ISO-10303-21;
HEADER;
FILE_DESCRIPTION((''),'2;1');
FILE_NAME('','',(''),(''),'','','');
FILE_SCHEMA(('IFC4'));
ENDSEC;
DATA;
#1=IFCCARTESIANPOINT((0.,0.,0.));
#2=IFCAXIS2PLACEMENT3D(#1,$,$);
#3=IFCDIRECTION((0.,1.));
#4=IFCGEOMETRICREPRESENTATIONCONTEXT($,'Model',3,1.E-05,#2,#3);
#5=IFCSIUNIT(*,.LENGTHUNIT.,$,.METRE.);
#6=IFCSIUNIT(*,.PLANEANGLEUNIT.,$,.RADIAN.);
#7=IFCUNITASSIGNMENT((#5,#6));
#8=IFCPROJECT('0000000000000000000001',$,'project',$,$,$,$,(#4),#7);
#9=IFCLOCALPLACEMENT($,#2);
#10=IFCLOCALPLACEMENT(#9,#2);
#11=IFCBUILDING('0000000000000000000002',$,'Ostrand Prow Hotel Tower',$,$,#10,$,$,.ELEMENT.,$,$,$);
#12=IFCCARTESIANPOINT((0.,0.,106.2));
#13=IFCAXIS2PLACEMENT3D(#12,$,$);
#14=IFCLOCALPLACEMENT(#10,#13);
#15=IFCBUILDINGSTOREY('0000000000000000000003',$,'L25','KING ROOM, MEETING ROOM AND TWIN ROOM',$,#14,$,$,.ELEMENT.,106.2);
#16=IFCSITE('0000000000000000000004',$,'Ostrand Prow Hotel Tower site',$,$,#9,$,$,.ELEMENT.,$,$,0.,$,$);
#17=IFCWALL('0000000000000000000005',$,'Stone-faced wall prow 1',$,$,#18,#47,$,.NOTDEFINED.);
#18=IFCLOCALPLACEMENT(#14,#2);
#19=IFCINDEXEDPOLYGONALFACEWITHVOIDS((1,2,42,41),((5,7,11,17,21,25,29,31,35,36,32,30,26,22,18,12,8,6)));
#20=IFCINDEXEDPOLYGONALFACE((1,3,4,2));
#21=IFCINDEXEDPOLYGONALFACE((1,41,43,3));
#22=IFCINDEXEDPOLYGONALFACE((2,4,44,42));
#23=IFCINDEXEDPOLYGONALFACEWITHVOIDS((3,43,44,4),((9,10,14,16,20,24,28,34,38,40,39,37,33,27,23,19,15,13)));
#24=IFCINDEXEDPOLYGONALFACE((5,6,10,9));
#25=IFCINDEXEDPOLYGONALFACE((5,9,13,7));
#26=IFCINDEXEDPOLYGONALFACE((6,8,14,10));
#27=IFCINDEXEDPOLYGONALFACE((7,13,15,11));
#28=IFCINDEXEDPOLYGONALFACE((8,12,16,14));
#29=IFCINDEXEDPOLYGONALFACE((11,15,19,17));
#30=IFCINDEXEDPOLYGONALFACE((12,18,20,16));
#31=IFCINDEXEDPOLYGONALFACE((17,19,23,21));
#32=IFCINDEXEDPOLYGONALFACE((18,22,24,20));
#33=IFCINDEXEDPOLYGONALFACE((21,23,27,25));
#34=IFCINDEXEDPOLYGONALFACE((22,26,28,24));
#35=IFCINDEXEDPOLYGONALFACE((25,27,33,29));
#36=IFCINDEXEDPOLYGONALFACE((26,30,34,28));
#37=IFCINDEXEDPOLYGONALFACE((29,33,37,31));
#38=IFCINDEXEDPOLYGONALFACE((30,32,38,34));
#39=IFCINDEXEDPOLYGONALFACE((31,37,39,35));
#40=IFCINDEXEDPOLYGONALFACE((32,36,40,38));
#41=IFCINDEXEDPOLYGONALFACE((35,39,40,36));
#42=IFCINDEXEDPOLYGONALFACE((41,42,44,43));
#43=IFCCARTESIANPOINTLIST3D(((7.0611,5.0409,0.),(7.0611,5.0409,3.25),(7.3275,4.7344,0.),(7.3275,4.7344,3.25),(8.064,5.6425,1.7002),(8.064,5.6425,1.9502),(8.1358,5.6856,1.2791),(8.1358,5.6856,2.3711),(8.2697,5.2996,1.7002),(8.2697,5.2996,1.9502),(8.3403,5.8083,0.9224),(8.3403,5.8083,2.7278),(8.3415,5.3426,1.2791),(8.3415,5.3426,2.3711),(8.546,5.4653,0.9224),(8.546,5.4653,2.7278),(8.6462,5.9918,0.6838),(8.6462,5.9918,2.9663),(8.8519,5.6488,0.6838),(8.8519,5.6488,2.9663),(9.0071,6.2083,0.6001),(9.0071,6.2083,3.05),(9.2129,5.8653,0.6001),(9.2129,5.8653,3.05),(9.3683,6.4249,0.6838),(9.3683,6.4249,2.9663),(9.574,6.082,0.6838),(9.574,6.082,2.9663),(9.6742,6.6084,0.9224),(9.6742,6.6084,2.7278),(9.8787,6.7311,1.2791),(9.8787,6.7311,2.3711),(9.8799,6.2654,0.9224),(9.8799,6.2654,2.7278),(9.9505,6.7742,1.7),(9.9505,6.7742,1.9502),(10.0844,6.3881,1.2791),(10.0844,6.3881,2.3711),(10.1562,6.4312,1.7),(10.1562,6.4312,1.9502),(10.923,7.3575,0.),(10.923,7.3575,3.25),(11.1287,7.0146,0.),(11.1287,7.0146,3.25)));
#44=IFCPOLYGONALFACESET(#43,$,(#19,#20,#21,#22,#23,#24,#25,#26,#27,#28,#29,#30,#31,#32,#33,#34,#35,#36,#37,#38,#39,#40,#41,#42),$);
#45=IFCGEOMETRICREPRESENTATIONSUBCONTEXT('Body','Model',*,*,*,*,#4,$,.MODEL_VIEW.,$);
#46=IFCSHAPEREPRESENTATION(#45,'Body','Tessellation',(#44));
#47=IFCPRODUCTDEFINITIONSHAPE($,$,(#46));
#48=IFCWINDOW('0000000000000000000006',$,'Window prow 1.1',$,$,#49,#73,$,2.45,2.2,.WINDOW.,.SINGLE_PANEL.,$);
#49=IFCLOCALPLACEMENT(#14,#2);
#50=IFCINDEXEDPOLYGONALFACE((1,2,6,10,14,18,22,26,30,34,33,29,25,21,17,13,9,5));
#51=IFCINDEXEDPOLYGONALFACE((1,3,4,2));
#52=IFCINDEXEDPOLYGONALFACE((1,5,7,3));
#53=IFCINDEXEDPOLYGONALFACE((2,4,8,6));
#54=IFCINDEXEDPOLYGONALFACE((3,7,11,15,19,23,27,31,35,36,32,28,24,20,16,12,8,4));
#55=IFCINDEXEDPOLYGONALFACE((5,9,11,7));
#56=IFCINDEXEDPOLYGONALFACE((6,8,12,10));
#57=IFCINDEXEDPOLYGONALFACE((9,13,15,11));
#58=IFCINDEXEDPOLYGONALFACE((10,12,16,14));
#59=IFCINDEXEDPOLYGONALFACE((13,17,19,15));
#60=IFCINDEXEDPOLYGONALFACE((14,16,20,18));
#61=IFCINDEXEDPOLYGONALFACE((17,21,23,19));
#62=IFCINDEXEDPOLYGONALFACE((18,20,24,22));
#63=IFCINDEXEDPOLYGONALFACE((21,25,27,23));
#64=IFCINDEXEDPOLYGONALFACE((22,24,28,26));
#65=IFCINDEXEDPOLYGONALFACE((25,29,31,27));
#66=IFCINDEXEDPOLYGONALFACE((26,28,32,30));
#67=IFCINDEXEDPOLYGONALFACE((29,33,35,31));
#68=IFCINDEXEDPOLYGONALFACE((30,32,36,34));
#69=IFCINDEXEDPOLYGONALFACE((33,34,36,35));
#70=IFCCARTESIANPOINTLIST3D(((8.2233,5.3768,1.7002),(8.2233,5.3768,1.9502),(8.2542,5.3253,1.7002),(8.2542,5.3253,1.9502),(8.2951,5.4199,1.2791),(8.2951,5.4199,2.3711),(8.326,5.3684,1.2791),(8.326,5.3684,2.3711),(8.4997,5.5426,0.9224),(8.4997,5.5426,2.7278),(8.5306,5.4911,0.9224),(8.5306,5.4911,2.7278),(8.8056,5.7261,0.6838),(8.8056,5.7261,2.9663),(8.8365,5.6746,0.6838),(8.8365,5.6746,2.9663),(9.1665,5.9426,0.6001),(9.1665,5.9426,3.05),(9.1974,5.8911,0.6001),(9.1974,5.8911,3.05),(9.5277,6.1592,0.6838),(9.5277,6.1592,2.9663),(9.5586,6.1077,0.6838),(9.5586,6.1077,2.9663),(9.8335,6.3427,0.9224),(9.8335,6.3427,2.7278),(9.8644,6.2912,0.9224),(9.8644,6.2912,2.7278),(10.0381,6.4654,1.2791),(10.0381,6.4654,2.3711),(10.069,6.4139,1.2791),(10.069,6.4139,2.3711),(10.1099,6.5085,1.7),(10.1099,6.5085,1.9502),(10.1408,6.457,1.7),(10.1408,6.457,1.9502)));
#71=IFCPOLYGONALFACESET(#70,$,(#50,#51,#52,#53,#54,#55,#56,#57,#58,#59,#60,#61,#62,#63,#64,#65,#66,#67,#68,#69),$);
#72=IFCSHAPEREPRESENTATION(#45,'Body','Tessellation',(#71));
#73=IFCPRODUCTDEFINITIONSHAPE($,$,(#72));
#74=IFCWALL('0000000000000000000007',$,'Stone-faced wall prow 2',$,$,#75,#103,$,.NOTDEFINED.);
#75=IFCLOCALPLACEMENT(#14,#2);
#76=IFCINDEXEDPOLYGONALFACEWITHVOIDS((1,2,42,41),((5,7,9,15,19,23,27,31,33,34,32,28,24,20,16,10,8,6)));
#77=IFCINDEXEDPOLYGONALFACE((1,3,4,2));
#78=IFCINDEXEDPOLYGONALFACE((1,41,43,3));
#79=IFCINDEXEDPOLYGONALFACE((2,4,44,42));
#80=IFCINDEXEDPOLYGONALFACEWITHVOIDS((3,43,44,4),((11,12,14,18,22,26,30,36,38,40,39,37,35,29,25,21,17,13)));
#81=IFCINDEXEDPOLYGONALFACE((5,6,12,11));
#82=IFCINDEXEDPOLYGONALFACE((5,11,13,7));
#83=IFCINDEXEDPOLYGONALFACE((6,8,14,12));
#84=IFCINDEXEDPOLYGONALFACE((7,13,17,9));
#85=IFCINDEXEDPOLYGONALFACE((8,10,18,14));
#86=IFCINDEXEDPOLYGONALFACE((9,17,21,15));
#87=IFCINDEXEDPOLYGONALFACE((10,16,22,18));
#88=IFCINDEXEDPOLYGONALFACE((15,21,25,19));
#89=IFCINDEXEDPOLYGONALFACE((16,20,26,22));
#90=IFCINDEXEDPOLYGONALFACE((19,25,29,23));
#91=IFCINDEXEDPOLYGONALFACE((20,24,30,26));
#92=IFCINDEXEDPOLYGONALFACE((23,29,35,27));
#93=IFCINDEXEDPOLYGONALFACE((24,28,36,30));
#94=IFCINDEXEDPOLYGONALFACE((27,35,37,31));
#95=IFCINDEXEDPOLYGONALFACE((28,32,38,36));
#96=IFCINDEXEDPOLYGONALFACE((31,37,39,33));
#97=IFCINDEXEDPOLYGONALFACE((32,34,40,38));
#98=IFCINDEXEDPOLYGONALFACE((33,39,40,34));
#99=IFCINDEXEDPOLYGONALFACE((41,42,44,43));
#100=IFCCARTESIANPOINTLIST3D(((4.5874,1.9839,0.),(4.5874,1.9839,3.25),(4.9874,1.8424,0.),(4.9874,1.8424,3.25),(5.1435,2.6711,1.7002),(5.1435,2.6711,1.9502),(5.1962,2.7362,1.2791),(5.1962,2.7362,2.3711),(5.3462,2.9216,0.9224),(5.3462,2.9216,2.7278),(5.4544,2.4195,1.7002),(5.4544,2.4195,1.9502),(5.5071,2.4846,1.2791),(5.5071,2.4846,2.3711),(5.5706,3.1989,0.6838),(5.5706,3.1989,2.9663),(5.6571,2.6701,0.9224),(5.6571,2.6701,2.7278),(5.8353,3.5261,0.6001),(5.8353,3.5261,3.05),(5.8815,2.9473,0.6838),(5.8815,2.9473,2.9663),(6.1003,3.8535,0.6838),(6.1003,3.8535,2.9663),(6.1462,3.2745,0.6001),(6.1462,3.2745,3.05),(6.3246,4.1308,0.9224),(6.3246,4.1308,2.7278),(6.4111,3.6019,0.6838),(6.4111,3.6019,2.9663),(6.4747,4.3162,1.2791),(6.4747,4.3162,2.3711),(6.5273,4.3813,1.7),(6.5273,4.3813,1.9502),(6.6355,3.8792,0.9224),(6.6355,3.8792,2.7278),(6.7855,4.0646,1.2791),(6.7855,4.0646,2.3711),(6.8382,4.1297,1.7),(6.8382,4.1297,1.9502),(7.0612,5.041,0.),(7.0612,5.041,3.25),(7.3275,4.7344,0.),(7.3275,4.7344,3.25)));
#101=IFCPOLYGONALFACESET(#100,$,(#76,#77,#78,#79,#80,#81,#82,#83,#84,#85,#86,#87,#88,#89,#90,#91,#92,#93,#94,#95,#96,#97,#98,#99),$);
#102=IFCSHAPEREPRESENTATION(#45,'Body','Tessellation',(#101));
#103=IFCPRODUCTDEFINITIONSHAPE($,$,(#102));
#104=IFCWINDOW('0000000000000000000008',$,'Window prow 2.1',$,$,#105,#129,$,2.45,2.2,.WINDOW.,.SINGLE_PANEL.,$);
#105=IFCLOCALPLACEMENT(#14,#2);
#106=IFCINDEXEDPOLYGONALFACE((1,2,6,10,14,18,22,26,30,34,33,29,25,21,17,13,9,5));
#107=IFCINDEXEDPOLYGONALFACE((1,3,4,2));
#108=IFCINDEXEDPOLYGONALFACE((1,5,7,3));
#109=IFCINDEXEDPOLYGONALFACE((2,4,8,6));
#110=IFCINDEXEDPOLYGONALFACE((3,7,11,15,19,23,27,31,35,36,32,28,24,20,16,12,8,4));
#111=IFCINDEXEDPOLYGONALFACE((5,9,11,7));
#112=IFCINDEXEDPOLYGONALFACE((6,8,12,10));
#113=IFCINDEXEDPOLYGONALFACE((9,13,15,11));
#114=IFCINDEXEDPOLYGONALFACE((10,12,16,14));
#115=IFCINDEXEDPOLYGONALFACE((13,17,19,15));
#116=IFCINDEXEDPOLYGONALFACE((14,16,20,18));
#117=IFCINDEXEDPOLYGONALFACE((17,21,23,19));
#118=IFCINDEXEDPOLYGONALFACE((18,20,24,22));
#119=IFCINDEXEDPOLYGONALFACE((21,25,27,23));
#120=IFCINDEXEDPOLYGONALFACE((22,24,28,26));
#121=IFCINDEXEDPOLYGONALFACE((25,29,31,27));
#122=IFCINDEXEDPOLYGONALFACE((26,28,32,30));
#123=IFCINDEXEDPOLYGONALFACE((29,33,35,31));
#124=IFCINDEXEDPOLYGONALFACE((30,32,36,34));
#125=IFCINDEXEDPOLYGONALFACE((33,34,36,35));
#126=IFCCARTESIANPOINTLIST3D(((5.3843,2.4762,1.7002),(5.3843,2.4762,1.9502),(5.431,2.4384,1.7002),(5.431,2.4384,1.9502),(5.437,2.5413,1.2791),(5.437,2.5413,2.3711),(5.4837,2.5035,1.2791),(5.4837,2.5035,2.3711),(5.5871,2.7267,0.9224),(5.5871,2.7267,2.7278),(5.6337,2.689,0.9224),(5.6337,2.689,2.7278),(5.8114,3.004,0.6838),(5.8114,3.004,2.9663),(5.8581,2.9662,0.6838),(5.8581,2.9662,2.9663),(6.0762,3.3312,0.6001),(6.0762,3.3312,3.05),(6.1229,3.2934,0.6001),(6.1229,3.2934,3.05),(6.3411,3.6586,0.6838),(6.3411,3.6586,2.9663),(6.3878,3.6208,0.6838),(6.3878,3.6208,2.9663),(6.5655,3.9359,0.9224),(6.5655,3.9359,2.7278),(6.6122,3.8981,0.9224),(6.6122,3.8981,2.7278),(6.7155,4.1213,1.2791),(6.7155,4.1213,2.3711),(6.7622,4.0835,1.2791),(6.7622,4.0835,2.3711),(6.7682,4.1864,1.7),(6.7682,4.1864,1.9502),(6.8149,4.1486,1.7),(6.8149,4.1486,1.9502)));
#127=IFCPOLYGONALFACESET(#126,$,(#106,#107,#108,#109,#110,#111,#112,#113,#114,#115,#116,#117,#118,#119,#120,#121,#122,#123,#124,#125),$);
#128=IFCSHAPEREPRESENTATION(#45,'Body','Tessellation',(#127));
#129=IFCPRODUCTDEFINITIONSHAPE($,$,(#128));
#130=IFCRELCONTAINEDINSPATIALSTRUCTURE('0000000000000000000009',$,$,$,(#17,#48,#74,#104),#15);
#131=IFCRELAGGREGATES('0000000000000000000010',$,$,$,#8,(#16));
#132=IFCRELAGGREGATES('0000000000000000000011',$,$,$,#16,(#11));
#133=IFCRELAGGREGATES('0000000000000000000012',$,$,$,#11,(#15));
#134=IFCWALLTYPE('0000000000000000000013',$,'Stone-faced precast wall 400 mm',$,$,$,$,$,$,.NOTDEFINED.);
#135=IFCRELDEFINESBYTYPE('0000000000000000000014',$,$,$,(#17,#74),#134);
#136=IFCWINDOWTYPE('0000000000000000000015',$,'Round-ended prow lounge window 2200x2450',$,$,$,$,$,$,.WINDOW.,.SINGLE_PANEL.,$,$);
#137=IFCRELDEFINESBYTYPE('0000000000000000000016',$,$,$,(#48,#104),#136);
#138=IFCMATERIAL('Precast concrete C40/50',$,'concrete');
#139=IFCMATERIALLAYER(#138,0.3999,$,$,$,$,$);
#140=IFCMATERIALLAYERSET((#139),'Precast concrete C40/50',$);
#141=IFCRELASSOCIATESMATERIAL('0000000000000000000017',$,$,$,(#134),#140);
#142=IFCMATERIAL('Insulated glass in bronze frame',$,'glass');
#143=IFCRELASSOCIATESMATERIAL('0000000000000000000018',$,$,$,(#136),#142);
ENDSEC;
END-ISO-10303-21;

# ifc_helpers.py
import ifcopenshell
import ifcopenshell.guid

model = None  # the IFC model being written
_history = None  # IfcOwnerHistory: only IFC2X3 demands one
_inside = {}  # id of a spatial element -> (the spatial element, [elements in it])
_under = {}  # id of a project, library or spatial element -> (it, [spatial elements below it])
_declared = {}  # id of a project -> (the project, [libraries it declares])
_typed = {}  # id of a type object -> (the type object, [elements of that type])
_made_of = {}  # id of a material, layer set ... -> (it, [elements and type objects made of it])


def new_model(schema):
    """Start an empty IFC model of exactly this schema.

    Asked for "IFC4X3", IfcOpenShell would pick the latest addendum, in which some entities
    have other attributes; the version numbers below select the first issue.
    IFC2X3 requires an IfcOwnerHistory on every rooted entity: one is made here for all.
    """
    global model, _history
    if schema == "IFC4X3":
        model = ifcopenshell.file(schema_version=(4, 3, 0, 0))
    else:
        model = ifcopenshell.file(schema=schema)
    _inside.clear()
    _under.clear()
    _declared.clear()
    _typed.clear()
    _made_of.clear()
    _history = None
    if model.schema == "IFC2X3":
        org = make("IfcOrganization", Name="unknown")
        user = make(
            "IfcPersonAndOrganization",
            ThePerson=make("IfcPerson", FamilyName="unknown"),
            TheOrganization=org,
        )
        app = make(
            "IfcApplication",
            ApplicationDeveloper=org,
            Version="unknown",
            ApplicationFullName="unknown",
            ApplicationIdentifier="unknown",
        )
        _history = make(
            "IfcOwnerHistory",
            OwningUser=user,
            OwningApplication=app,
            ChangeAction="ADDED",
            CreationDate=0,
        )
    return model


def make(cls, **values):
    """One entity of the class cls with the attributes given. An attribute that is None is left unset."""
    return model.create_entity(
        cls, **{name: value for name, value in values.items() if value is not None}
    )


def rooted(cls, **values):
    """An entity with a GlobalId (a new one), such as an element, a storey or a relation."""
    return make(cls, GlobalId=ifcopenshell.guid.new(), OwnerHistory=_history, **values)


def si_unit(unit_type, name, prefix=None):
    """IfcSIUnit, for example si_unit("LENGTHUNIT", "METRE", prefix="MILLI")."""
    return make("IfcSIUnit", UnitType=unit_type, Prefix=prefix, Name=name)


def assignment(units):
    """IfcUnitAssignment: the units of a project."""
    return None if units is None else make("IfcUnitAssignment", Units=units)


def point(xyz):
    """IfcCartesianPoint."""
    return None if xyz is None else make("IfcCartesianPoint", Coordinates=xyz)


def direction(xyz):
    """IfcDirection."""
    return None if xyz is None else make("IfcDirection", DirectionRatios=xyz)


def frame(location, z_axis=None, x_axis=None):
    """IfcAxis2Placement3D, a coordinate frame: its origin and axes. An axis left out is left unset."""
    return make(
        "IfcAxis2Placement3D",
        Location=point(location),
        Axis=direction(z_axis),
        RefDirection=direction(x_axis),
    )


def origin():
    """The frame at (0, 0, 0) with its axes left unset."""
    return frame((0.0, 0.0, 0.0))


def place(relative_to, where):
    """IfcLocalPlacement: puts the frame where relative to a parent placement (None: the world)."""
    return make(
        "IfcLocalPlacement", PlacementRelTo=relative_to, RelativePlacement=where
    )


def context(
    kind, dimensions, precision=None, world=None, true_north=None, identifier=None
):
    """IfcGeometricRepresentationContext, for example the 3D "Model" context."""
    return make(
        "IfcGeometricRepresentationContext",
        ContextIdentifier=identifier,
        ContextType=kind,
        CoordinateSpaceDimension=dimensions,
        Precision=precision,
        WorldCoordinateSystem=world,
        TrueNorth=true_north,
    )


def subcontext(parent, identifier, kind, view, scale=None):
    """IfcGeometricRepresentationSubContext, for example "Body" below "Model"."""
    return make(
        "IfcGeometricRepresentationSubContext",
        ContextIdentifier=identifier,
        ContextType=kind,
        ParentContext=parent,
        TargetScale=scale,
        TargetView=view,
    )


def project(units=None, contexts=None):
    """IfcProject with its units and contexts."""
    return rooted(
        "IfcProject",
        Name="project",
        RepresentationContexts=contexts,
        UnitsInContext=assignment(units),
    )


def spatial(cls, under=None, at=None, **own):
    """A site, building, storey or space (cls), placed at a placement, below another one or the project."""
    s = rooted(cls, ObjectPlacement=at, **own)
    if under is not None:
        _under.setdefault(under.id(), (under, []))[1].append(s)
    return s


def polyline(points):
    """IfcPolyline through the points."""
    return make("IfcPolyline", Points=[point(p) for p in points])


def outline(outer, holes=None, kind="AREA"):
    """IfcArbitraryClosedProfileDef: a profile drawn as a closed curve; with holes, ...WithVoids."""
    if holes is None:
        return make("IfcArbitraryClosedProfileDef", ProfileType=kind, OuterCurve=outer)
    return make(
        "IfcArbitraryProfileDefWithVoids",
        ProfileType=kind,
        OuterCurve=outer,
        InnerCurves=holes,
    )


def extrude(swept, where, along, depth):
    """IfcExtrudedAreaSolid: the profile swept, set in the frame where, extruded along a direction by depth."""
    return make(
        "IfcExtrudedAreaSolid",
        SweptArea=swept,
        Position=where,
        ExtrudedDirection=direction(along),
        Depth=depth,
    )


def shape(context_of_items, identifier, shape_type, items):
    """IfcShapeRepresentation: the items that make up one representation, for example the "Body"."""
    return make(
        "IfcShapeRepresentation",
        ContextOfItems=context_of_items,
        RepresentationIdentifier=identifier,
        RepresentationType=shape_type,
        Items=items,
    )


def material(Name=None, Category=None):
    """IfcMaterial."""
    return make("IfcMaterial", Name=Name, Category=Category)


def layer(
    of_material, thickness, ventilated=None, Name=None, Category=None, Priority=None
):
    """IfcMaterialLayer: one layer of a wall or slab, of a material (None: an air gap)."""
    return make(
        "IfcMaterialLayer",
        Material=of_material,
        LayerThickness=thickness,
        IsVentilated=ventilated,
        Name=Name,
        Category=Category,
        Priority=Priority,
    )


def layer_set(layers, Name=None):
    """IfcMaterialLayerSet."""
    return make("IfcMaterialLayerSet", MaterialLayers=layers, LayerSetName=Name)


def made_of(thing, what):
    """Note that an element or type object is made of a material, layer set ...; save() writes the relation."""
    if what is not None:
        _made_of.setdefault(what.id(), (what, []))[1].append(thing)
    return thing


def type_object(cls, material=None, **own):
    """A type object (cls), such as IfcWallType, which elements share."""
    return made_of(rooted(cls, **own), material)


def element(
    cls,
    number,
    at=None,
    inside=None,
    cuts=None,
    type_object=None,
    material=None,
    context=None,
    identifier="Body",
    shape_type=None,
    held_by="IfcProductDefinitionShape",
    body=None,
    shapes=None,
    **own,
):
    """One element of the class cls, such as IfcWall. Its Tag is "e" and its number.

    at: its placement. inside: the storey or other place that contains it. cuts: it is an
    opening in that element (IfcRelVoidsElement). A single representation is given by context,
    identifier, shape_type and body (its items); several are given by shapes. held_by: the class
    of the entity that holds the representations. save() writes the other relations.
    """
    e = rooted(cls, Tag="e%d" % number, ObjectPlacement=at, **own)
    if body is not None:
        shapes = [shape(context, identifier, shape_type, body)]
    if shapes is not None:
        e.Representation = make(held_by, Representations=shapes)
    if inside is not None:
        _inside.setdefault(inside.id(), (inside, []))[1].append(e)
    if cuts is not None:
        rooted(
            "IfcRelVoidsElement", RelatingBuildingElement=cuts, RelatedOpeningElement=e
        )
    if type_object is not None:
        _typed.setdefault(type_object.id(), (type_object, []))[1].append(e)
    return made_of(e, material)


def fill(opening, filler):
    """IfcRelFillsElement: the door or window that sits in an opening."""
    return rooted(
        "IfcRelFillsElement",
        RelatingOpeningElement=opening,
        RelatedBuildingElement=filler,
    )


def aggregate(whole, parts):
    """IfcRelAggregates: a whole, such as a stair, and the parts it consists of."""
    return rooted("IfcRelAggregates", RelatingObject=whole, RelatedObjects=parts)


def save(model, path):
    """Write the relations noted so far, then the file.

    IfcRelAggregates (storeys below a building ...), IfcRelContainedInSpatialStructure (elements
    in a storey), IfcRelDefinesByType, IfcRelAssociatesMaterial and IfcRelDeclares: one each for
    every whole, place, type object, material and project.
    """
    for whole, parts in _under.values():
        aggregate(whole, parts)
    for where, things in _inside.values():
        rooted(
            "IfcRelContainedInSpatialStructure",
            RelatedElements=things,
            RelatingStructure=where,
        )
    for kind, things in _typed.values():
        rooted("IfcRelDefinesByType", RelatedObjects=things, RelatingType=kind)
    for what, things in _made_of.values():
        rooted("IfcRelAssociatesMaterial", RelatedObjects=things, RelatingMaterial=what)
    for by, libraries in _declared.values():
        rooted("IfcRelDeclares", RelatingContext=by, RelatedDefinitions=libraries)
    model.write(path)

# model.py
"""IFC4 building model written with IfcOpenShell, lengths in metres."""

from ifc_helpers import new_model, si_unit, direction, frame, origin, place, context, subcontext, project, spatial, polyline, outline, extrude, material, layer, layer_set, type_object, element, fill, save


model = new_model("IFC4")

# Units and contexts
model_context = context("Model", 3, precision=1e-05, world=origin(), true_north=direction((0.0, 1.0)))
body_context = subcontext(model_context, "Body", "Model", "MODEL_VIEW")
ifc_project = project(units=[si_unit("LENGTHUNIT", "METRE"), si_unit("PLANEANGLEUNIT", "RADIAN")], contexts=[model_context])

# Site, building, storey
site_placement = place(None, origin())
site = spatial("IfcSite", under=ifc_project, at=site_placement, Name="Ostrand Prow Hotel Tower site", CompositionType="ELEMENT", RefElevation=0.0)
building_placement = place(site_placement, origin())
building = spatial("IfcBuilding", under=site, at=building_placement, Name="Ostrand Prow Hotel Tower", CompositionType="ELEMENT")
storey_placement = place(building_placement, frame((0.0, 0.0, 106.2)))
storey = spatial("IfcBuildingStorey", under=building, at=storey_placement, Name="L25", Description="KING ROOM, MEETING ROOM AND TWIN ROOM", CompositionType="ELEMENT", Elevation=106.2)

# Walls, openings, windows
ifc_material_1 = material(Name="Precast concrete C40/50", Category="concrete")
ifc_layer_1 = layer(ifc_material_1, 0.3999)
ifc_layer_set_1 = layer_set([ifc_layer_1], Name="Precast concrete C40/50")
wall_type_1 = type_object("IfcWallType", Name="Stone-faced precast wall 400 mm", PredefinedType="NOTDEFINED", material=ifc_layer_set_1)
wall_1_placement = place(storey_placement, frame((11.0259, 7.186, 0.0), z_axis=(0.0, 0.0, 1.0), x_axis=(-0.857551, -0.514399, 0.0)))
wall_1 = element("IfcWall", 1, at=wall_1_placement, inside=storey, type_object=wall_type_1, Name="Stone-faced wall prow 1", PredefinedType="NOTDEFINED", context=body_context, shape_type="SweptSolid", body=[
    extrude(outline(polyline([(0.0, -0.2), (4.5034, -0.2), (4.4326, 0.2), (0.0, 0.2), (0.0, -0.2)])), origin(), (0.0, 0.0, 1.0), 3.25),
])
opening_1_placement = place(wall_1_placement, frame((1.134, 0.0, 0.6001)))
opening_1 = element("IfcOpeningElement", 2, at=opening_1_placement, cuts=wall_1, PredefinedType="OPENING", context=body_context, shape_type="SweptSolid", body=[
    extrude(outline(polyline([(0.0, 1.3501), (0.0837, 1.771), (0.3223, 2.1277), (0.679, 2.3662), (1.1001, 2.45), (1.521, 2.3662), (1.8777, 2.1277), (2.1162, 1.771), (2.2, 1.3501), (2.2, 1.1001), (2.1162, 0.679), (1.8777, 0.3223), (1.521, 0.0837), (1.1001, 0.0), (0.679, 0.0837), (0.3223, 0.3223), (0.0837, 0.679), (0.0, 1.0999), (0.0, 1.3501)])), frame((0.0, 0.21, 0.0), z_axis=(0.0, -1.0, 0.0), x_axis=(1.0, 0.0, 0.0)), (0.0, 0.0, 1.0), 0.4199),
])
ifc_material_2 = material(Name="Insulated glass in bronze frame", Category="glass")
window_type = type_object("IfcWindowType", Name="Round-ended prow lounge window 2200x2450", PartitioningType="SINGLE_PANEL", PredefinedType="WINDOW", material=ifc_material_2)
window_1_placement = place(opening_1_placement, origin())
window_1 = element("IfcWindow", 3, at=window_1_placement, inside=storey, type_object=window_type, Name="Window prow 1.1", OverallHeight=2.45, OverallWidth=2.2, PartitioningType="SINGLE_PANEL", PredefinedType="WINDOW", context=body_context, shape_type="SweptSolid", body=[
    extrude(outline(polyline([(0.0, 1.3501), (0.0837, 1.771), (0.3223, 2.1277), (0.679, 2.3662), (1.1001, 2.45), (1.521, 2.3662), (1.8777, 2.1277), (2.1162, 1.771), (2.2, 1.3501), (2.2, 1.1001), (2.1162, 0.679), (1.8777, 0.3223), (1.521, 0.0837), (1.1001, 0.0), (0.679, 0.0837), (0.3223, 0.3223), (0.0837, 0.679), (0.0, 1.0999), (0.0, 1.3501)])), frame((0.0, 0.1699, 0.0), z_axis=(0.0, -1.0, 0.0), x_axis=(1.0, 0.0, 0.0)), (0.0, 0.0, 1.0), 0.0601),
])
fill(opening_1, window_1)
wall_2_placement = place(storey_placement, frame((7.1943, 4.8877, 0.0), z_axis=(0.0, 0.0, 1.0), x_axis=(-0.629035, -0.777377, 0.0)))
wall_2 = element("IfcWall", 4, at=wall_2_placement, inside=storey, type_object=wall_type_1, Name="Stone-faced wall prow 2", PredefinedType="NOTDEFINED", context=body_context, shape_type="SweptSolid", body=[
    extrude(outline(polyline([(-0.0354, -0.2), (3.8972, -0.2), (3.7556, 0.2), (0.0354, 0.2), (-0.0354, -0.2)])), origin(), (0.0, 0.0, 1.0), 3.25),
])
opening_2_placement = place(wall_2_placement, frame((0.8132, 0.0, 0.6001)))
opening_2 = element("IfcOpeningElement", 5, at=opening_2_placement, cuts=wall_2, PredefinedType="OPENING", context=body_context, shape_type="SweptSolid", body=[
    extrude(outline(polyline([(0.0, 1.3501), (0.0837, 1.771), (0.3223, 2.1277), (0.679, 2.3662), (1.1001, 2.45), (1.521, 2.3662), (1.8777, 2.1277), (2.1162, 1.771), (2.2, 1.3501), (2.2, 1.1001), (2.1162, 0.679), (1.8777, 0.3223), (1.521, 0.0837), (1.1001, 0.0), (0.679, 0.0837), (0.3223, 0.3223), (0.0837, 0.679), (0.0, 1.0999), (0.0, 1.3501)])), frame((0.0, 0.21, 0.0), z_axis=(0.0, -1.0, 0.0), x_axis=(1.0, 0.0, 0.0)), (0.0, 0.0, 1.0), 0.4199),
])
window_2_placement = place(opening_2_placement, origin())
window_2 = element("IfcWindow", 6, at=window_2_placement, inside=storey, type_object=window_type, Name="Window prow 2.1", OverallHeight=2.45, OverallWidth=2.2, PartitioningType="SINGLE_PANEL", PredefinedType="WINDOW", context=body_context, shape_type="SweptSolid", body=[
    extrude(outline(polyline([(0.0, 1.3501), (0.0837, 1.771), (0.3223, 2.1277), (0.679, 2.3662), (1.1001, 2.45), (1.521, 2.3662), (1.8777, 2.1277), (2.1162, 1.771), (2.2, 1.3501), (2.2, 1.1001), (2.1162, 0.679), (1.8777, 0.3223), (1.521, 0.0837), (1.1001, 0.0), (0.679, 0.0837), (0.3223, 0.3223), (0.0837, 0.679), (0.0, 1.0999), (0.0, 1.3501)])), frame((0.0, 0.1699, 0.0), z_axis=(0.0, -1.0, 0.0), x_axis=(1.0, 0.0, 0.0)), (0.0, 0.0, 1.0), 0.0601),
])
fill(opening_2, window_2)

save(model, "model.ifc")
